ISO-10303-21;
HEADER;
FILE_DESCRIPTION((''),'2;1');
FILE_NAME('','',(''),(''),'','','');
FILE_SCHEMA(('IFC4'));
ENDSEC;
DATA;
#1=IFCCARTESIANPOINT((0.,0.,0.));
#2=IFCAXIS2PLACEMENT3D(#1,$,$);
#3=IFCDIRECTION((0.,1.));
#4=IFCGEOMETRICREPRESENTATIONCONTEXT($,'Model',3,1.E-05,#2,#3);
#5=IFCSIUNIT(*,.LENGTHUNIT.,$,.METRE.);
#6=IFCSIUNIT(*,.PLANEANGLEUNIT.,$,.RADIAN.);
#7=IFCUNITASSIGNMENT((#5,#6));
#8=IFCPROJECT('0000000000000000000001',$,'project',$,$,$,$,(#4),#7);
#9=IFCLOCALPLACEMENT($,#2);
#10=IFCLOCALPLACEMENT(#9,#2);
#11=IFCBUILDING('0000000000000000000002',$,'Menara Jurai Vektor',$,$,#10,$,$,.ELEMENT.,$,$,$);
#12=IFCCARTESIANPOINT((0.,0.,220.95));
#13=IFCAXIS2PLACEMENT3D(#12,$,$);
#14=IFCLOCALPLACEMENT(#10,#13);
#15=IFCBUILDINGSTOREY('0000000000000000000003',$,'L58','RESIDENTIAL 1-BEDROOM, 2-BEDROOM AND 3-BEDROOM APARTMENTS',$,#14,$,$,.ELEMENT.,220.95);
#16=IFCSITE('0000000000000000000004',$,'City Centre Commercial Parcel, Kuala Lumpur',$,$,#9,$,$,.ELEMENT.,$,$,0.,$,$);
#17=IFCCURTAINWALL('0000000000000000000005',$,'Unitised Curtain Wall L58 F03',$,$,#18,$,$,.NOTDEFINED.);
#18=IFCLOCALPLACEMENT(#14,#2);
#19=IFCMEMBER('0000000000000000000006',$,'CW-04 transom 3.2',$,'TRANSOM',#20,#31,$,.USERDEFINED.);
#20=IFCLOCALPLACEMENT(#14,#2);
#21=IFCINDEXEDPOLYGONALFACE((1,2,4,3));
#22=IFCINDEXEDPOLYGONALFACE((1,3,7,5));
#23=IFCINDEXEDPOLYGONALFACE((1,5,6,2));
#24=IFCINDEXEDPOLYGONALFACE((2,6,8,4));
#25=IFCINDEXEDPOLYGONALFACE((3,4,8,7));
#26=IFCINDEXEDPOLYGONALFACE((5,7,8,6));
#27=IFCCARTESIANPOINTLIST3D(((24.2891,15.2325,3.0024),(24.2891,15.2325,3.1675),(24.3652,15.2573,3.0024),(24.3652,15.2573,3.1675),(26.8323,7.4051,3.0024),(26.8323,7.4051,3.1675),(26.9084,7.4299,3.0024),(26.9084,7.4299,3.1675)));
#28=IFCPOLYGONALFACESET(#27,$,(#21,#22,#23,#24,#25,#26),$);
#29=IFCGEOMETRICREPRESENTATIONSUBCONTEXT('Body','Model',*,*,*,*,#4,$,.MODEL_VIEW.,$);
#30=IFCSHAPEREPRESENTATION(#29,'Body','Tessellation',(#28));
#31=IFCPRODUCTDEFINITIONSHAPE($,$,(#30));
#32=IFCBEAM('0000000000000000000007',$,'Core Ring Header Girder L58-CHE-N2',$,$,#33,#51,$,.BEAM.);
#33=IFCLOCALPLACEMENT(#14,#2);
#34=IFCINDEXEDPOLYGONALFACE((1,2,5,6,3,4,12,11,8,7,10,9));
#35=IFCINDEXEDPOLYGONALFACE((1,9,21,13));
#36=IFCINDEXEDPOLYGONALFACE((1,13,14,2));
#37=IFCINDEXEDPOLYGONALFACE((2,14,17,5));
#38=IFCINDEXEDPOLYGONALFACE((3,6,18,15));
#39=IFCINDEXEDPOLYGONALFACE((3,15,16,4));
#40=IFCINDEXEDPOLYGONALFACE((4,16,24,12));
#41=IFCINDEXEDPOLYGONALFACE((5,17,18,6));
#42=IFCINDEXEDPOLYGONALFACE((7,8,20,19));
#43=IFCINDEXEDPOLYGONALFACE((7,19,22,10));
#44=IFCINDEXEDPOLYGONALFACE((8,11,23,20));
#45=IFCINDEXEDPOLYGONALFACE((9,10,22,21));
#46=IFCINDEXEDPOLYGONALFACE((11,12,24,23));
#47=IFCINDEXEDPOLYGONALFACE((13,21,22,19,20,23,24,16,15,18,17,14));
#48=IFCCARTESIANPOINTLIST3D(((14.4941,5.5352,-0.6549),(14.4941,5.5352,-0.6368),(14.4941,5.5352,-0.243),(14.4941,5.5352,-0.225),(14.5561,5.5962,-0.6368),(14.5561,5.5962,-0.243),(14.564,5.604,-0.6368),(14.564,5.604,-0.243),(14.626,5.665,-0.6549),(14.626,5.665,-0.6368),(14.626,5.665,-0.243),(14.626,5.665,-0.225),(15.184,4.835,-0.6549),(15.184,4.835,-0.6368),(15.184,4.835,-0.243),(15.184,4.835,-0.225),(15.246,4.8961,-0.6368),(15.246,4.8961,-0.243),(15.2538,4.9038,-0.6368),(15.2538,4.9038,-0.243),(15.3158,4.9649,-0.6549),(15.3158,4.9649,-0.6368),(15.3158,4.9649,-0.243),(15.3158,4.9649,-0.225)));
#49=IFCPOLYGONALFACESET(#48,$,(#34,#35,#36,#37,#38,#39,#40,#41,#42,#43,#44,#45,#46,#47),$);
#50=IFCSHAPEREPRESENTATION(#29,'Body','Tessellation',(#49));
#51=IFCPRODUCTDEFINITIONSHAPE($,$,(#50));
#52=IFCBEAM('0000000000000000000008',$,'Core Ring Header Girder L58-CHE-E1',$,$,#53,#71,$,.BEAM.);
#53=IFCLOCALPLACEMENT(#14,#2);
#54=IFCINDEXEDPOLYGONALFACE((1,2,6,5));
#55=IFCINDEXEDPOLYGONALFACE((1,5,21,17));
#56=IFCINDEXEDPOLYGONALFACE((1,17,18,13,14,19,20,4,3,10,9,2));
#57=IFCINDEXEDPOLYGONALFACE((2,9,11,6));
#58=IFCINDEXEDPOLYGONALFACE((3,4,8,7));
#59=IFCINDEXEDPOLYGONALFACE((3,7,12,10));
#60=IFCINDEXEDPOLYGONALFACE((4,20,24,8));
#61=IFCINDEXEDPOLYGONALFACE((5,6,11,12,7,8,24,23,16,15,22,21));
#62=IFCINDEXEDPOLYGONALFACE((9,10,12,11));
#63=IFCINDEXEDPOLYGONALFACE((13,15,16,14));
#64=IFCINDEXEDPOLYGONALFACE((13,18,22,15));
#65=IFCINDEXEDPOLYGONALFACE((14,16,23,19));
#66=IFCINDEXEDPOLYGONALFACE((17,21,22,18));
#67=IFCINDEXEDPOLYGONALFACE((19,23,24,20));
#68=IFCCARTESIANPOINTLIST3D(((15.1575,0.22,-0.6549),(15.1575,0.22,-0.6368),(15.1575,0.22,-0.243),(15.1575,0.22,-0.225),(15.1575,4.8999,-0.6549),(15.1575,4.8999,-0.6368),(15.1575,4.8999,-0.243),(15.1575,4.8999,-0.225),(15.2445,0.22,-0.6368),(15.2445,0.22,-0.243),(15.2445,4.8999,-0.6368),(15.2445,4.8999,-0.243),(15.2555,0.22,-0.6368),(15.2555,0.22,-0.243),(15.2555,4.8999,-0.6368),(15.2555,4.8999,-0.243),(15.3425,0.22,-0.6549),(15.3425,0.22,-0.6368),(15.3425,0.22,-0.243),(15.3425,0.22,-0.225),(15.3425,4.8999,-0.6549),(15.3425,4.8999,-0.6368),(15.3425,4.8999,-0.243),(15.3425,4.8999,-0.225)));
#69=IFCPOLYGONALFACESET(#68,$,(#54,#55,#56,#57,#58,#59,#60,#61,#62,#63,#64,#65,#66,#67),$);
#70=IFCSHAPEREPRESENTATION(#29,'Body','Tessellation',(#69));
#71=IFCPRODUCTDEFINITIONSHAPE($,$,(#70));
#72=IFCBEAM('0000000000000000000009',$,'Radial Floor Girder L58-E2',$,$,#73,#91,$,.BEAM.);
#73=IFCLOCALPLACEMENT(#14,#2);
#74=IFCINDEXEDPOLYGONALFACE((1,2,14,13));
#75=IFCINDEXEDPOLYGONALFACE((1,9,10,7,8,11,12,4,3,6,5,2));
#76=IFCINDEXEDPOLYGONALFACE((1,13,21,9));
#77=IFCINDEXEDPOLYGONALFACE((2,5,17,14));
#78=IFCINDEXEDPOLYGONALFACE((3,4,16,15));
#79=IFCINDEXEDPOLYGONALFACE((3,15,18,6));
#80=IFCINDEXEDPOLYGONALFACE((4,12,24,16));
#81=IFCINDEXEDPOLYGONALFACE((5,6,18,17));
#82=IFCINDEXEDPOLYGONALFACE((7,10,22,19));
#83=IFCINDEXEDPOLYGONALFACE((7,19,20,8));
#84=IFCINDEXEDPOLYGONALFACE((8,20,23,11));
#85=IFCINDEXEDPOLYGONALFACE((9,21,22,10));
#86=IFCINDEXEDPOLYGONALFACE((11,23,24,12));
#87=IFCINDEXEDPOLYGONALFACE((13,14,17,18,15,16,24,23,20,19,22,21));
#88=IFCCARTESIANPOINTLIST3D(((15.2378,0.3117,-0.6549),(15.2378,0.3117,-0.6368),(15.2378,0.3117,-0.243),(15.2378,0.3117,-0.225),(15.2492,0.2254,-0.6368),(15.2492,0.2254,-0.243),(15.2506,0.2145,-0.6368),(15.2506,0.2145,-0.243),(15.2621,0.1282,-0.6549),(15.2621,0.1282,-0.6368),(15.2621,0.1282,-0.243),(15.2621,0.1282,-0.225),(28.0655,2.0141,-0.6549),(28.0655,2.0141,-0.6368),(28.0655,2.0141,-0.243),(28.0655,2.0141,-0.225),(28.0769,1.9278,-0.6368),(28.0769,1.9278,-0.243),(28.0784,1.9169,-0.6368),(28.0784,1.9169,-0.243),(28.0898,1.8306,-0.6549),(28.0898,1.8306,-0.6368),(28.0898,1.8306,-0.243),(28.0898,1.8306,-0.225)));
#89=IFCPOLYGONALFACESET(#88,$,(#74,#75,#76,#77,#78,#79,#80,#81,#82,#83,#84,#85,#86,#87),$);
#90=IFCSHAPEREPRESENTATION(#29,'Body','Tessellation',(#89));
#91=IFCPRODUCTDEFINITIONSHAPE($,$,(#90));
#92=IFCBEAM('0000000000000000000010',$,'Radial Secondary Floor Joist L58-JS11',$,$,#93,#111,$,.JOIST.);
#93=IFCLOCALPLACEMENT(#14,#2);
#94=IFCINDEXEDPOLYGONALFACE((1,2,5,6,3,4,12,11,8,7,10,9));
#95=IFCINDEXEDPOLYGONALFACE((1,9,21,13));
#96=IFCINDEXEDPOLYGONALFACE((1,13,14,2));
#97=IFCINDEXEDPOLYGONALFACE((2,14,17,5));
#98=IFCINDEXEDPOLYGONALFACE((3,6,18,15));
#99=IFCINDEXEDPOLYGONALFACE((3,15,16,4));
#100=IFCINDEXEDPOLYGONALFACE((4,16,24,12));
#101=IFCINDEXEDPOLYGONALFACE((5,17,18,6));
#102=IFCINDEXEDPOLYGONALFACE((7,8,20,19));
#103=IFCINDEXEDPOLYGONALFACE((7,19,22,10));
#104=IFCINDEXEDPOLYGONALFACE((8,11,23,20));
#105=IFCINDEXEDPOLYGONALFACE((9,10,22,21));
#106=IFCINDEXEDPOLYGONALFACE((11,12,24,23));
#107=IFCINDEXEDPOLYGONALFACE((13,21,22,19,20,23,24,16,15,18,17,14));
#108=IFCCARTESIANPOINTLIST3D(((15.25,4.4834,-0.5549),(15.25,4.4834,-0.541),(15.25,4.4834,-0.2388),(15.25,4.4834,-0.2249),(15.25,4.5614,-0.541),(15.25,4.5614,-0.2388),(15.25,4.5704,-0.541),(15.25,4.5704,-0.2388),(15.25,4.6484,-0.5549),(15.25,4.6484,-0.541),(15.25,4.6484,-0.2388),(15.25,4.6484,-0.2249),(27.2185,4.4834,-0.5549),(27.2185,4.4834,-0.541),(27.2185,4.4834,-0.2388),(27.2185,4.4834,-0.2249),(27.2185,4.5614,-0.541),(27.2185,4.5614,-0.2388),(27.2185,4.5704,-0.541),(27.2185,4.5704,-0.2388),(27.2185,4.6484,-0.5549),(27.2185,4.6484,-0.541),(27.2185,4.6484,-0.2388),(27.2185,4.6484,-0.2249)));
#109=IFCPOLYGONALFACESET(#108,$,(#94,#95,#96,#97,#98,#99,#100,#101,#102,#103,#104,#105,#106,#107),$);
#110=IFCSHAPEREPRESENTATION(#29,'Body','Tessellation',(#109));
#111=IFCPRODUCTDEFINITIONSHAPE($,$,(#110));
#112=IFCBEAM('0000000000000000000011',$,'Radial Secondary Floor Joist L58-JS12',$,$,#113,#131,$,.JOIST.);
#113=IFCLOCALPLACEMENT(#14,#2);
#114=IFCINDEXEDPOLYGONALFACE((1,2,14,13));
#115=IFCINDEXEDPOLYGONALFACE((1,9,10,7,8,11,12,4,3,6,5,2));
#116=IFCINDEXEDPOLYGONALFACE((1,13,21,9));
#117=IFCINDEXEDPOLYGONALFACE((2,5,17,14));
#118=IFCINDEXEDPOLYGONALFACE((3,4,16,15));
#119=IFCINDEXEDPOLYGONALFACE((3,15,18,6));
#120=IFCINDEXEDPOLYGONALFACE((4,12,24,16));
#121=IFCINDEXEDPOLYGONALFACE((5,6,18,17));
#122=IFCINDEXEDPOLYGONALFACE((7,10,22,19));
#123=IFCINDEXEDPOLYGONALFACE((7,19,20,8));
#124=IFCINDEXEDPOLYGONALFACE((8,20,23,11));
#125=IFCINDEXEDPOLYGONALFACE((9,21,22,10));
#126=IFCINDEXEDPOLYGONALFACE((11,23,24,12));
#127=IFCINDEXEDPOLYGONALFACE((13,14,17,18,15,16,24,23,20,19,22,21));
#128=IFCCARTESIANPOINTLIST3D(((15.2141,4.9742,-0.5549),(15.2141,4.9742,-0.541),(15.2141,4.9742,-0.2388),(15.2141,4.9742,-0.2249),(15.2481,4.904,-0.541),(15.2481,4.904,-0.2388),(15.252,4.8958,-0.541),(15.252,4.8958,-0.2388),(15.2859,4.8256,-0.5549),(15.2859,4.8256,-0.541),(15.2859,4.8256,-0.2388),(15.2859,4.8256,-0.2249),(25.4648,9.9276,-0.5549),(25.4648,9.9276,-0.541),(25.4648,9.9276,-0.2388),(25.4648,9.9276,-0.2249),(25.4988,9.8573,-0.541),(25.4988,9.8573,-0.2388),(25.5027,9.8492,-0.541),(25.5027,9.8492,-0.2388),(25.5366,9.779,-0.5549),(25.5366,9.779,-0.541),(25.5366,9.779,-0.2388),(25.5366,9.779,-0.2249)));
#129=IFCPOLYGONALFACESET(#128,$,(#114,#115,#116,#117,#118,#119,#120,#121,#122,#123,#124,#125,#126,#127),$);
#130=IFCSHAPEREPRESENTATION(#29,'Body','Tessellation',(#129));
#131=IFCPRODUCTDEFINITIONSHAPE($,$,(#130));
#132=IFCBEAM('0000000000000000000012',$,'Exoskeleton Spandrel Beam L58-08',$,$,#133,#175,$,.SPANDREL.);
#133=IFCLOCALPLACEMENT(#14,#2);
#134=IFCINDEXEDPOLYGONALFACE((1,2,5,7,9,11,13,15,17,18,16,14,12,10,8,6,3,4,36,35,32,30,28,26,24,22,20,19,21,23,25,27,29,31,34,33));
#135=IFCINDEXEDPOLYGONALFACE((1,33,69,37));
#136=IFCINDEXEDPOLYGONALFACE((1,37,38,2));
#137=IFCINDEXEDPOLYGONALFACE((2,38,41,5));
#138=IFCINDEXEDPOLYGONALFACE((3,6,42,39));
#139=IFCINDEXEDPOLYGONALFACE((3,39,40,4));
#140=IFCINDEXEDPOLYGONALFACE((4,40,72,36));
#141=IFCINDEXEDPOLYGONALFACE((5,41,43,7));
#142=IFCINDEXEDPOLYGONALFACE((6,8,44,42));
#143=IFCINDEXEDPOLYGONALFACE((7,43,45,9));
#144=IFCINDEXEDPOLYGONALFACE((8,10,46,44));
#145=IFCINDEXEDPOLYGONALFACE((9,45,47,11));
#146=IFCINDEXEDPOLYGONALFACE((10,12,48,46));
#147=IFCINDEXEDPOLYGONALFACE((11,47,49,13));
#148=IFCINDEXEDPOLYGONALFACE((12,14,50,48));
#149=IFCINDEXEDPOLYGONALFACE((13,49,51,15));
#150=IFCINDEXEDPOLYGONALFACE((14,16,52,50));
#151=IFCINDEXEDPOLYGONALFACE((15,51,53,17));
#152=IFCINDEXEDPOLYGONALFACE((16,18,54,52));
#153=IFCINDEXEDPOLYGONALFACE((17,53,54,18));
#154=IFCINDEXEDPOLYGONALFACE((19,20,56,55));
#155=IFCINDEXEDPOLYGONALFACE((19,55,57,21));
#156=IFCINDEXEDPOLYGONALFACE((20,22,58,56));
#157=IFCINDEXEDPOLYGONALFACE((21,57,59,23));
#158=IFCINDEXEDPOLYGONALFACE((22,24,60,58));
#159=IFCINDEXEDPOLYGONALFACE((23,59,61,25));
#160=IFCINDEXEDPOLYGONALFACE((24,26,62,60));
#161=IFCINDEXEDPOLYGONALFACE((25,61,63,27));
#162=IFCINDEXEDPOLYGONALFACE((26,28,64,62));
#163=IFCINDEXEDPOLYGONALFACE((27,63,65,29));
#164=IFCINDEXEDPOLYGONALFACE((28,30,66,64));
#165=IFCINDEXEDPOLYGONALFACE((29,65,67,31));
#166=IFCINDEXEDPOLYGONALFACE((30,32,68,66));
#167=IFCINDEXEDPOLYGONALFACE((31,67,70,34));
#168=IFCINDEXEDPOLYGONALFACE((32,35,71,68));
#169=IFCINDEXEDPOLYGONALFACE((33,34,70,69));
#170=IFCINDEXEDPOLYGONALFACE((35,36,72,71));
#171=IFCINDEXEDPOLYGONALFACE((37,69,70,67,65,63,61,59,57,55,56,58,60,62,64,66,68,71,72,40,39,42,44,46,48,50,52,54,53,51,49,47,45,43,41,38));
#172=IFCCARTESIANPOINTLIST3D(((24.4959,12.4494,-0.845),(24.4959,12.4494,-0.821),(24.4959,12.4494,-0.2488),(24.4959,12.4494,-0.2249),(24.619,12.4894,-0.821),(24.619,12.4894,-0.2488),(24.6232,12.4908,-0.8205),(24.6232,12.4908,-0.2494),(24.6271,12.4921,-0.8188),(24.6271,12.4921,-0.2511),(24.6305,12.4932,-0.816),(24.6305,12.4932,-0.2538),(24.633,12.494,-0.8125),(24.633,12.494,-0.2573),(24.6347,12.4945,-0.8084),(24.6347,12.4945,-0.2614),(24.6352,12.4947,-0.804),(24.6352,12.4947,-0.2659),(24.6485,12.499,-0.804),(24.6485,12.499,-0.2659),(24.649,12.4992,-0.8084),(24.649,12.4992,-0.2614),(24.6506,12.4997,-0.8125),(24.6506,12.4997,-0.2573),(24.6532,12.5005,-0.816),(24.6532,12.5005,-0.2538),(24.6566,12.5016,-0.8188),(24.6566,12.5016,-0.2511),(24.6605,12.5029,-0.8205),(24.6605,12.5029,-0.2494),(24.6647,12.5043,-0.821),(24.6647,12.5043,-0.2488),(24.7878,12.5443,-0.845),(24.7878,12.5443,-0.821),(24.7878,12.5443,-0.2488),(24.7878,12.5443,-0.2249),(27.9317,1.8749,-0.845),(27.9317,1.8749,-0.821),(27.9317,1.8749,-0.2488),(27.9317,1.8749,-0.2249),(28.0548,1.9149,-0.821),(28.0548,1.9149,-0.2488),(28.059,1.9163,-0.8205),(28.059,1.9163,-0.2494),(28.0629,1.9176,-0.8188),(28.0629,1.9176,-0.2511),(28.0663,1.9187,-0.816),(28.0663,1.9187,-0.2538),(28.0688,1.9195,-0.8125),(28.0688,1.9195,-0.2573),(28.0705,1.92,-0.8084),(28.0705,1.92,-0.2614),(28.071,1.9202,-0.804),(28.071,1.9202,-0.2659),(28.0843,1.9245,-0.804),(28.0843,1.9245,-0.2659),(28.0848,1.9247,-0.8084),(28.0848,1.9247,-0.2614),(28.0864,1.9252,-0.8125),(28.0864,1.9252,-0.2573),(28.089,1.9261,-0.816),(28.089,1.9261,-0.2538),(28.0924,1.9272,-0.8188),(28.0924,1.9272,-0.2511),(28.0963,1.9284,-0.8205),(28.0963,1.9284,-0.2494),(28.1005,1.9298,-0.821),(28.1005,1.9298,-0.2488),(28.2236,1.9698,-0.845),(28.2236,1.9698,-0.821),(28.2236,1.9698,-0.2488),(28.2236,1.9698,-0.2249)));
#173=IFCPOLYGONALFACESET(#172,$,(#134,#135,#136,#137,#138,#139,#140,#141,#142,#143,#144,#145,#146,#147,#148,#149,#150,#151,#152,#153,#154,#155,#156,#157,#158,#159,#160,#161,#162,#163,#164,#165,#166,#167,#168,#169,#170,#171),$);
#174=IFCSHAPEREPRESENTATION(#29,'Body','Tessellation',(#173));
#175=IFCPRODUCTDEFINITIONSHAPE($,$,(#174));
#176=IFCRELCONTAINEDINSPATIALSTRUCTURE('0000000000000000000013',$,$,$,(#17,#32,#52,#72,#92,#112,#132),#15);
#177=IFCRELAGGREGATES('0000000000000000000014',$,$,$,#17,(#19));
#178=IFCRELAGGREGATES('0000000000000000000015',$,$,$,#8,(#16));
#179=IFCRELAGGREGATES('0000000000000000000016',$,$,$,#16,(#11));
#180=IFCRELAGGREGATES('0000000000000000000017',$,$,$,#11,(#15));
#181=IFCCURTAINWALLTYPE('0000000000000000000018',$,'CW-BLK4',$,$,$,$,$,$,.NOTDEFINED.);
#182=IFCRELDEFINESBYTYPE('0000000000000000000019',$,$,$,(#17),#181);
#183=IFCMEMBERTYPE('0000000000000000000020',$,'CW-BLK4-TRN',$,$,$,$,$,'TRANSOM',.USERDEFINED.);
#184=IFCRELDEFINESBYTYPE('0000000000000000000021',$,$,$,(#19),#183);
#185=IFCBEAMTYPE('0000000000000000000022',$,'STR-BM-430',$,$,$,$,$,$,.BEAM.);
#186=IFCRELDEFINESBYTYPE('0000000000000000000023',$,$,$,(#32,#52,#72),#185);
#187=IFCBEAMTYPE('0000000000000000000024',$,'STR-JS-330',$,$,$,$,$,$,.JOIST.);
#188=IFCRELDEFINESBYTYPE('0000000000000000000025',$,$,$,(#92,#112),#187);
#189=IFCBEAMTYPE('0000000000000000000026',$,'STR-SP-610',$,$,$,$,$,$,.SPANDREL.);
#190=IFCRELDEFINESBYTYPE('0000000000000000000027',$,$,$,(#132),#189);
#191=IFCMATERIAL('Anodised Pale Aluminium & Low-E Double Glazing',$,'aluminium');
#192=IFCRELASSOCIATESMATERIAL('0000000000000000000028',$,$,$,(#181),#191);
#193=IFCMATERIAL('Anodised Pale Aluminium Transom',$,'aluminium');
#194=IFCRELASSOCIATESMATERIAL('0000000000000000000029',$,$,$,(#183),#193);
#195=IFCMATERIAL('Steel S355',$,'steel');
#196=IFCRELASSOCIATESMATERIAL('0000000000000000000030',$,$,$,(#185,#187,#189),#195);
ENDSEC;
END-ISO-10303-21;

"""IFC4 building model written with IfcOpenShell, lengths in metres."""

from ifc_helpers import new_model, si_unit, direction, frame, origin, origin_2d, place, context, subcontext, project, spatial, rectangle, i_section, extrude, material, material_profile, profile_set, type_object, element, aggregate, save


model = new_model("IFC4")

# Units and contexts
model_context = context("Model", 3, precision=1e-05, world=origin(), true_north=direction((0.0, 1.0)))
body_context = subcontext(model_context, "Body", "Model", "MODEL_VIEW")
ifc_project = project(units=[si_unit("LENGTHUNIT", "METRE"), si_unit("PLANEANGLEUNIT", "RADIAN")], contexts=[model_context])

# Site, building, storey
site_placement = place(None, origin())
site = spatial("IfcSite", under=ifc_project, at=site_placement, Name="City Centre Commercial Parcel, Kuala Lumpur", CompositionType="ELEMENT", RefElevation=0.0)
building_placement = place(site_placement, origin())
building = spatial("IfcBuilding", under=site, at=building_placement, Name="Menara Jurai Vektor", CompositionType="ELEMENT")
storey_placement = place(building_placement, frame((0.0, 0.0, 220.95)))
storey = spatial("IfcBuildingStorey", under=building, at=storey_placement, Name="L58", Description="RESIDENTIAL 1-BEDROOM, 2-BEDROOM AND 3-BEDROOM APARTMENTS", CompositionType="ELEMENT", Elevation=220.95)

# Curtain wall, member
ifc_material_1 = material(Name="Anodised Pale Aluminium & Low-E Double Glazing", Category="aluminium")
curtain_wall_type = type_object("IfcCurtainWallType", Name="CW-BLK4", PredefinedType="NOTDEFINED", material=ifc_material_1)
curtain_wall_placement = place(storey_placement, origin())
curtain_wall = element("IfcCurtainWall", 1, at=curtain_wall_placement, inside=storey, type_object=curtain_wall_type, Name="Unitised Curtain Wall L58 F03", PredefinedType="NOTDEFINED")
ifc_material_2 = material(Name="Anodised Pale Aluminium Transom", Category="aluminium")
ifc_material_profile_1 = material_profile(ifc_material_2, rectangle(XDim=0.0801, YDim=0.165, at=origin_2d()), Name="ALU TRN 80x165")
ifc_profile_set_1 = profile_set([ifc_material_profile_1], Name="Anodised Pale Aluminium Transom")
member_type_1 = type_object("IfcMemberType", Name="CW-BLK4-TRN", ElementType="TRANSOM", PredefinedType="USERDEFINED", material=ifc_profile_set_1)
member_1_placement = place(storey_placement, frame((26.8704, 7.4175, 3.085), z_axis=(-0.30901, 0.951059, 0.0), x_axis=(-0.951059, -0.30901, 0.0)))
member_1 = element("IfcMember", 2, at=member_1_placement, type_object=member_type_1, Name="CW-04 transom 3.2", ObjectType="TRANSOM", PredefinedType="USERDEFINED", context=body_context, shape_type="SweptSolid", body=[
    extrude(rectangle(XDim=0.0801, YDim=0.165, at=origin_2d()), origin(), (0.0, 0.0, 1.0), 8.2302),
])

# Beams
ifc_material_3 = material(Name="Steel S355", Category="steel")
ifc_material_profile_2 = material_profile(ifc_material_3, i_section(OverallWidth=0.1851, OverallDepth=0.4299, WebThickness=0.011, FlangeThickness=0.0181, at=origin_2d()), Name="PG 430x185x76")
ifc_profile_set_2 = profile_set([ifc_material_profile_2], Name="Steel S355")
beam_type_1 = type_object("IfcBeamType", Name="STR-BM-430", PredefinedType="BEAM", material=ifc_profile_set_2)
beam_1_placement = place(storey_placement, frame((14.5601, 5.6001, -0.4399), z_axis=(0.701872, -0.712303, 0.0), x_axis=(0.712303, 0.701872, 0.0)))
element("IfcBeam", 3, at=beam_1_placement, inside=storey, type_object=beam_type_1, Name="Core Ring Header Girder L58-CHE-N2", PredefinedType="BEAM", context=body_context, shape_type="SweptSolid", body=[
    extrude(i_section(OverallWidth=0.1851, OverallDepth=0.4299, WebThickness=0.011, FlangeThickness=0.0181, at=origin_2d()), origin(), (0.0, 0.0, 1.0), 0.9829),
])
beam_2_placement = place(storey_placement, frame((15.25, 0.22, -0.4399), z_axis=(0.0, 1.0, 0.0), x_axis=(-1.0, 0.0, 0.0)))
element("IfcBeam", 4, at=beam_2_placement, inside=storey, type_object=beam_type_1, Name="Core Ring Header Girder L58-CHE-E1", PredefinedType="BEAM", context=body_context, shape_type="SweptSolid", body=[
    extrude(i_section(OverallWidth=0.1851, OverallDepth=0.4299, WebThickness=0.011, FlangeThickness=0.0181, at=origin_2d()), origin(), (0.0, 0.0, 1.0), 4.6799),
])
beam_3_placement = place(storey_placement, frame((28.0776, 1.9224, -0.4399), z_axis=(-0.991308, -0.131559, 0.0), x_axis=(0.131559, -0.991308, 0.0)))
element("IfcBeam", 5, at=beam_3_placement, inside=storey, type_object=beam_type_1, Name="Radial Floor Girder L58-E2", PredefinedType="BEAM", context=body_context, shape_type="SweptSolid", body=[
    extrude(i_section(OverallWidth=0.1851, OverallDepth=0.4299, WebThickness=0.011, FlangeThickness=0.0181, at=origin_2d()), origin(), (0.0, 0.0, 1.0), 12.9402),
])
ifc_material_profile_3 = material_profile(ifc_material_3, i_section(OverallWidth=0.165, OverallDepth=0.3301, WebThickness=0.009, FlangeThickness=0.0139, at=origin_2d()), Name="PG 330x165x46")
ifc_profile_set_3 = profile_set([ifc_material_profile_3], Name="Steel S355")
beam_type_2 = type_object("IfcBeamType", Name="STR-JS-330", PredefinedType="JOIST", material=ifc_profile_set_3)
beam_4_placement = place(storey_placement, frame((27.2185, 4.5659, -0.3899), z_axis=(-1.0, 0.0, 0.0), x_axis=(0.0, -1.0, 0.0)))
element("IfcBeam", 6, at=beam_4_placement, inside=storey, type_object=beam_type_2, Name="Radial Secondary Floor Joist L58-JS11", PredefinedType="JOIST", context=body_context, shape_type="SweptSolid", body=[
    extrude(i_section(OverallWidth=0.165, OverallDepth=0.3301, WebThickness=0.009, FlangeThickness=0.0139, at=origin_2d()), origin(), (0.0, 0.0, 1.0), 11.9685),
])
beam_5_placement = place(storey_placement, frame((25.5007, 9.8533, -0.3899), z_axis=(-0.900389, -0.435087, 0.0), x_axis=(0.435087, -0.900389, 0.0)))
element("IfcBeam", 7, at=beam_5_placement, inside=storey, type_object=beam_type_2, Name="Radial Secondary Floor Joist L58-JS12", PredefinedType="JOIST", context=body_context, shape_type="SweptSolid", body=[
    extrude(i_section(OverallWidth=0.165, OverallDepth=0.3301, WebThickness=0.009, FlangeThickness=0.0139, at=origin_2d()), origin(), (0.0, 0.0, 1.0), 11.3848),
])
ifc_material_profile_4 = material_profile(ifc_material_3, i_section(OverallWidth=0.3069, OverallDepth=0.6201, WebThickness=0.0139, FlangeThickness=0.0239, FilletRadius=0.0171, at=origin_2d()), Name="UKB 610x305x179")
ifc_profile_set_4 = profile_set([ifc_material_profile_4], Name="Steel S355")
beam_type_3 = type_object("IfcBeamType", Name="STR-SP-610", PredefinedType="SPANDREL", material=ifc_profile_set_4)
beam_6_placement = place(storey_placement, frame((28.0776, 1.9224, -0.5349), z_axis=(-0.309012, 0.951058, 0.0), x_axis=(-0.951058, -0.309012, 0.0)))
element("IfcBeam", 8, at=beam_6_placement, inside=storey, type_object=beam_type_3, Name="Exoskeleton Spandrel Beam L58-08", PredefinedType="SPANDREL", context=body_context, shape_type="SweptSolid", body=[
    extrude(i_section(OverallWidth=0.3069, OverallDepth=0.6201, WebThickness=0.0139, FlangeThickness=0.0239, FilletRadius=0.0171, at=origin_2d()), origin(), (0.0, 0.0, 1.0), 11.1187),
])

aggregate(curtain_wall, [member_1])

save(model, "model.ifc")
